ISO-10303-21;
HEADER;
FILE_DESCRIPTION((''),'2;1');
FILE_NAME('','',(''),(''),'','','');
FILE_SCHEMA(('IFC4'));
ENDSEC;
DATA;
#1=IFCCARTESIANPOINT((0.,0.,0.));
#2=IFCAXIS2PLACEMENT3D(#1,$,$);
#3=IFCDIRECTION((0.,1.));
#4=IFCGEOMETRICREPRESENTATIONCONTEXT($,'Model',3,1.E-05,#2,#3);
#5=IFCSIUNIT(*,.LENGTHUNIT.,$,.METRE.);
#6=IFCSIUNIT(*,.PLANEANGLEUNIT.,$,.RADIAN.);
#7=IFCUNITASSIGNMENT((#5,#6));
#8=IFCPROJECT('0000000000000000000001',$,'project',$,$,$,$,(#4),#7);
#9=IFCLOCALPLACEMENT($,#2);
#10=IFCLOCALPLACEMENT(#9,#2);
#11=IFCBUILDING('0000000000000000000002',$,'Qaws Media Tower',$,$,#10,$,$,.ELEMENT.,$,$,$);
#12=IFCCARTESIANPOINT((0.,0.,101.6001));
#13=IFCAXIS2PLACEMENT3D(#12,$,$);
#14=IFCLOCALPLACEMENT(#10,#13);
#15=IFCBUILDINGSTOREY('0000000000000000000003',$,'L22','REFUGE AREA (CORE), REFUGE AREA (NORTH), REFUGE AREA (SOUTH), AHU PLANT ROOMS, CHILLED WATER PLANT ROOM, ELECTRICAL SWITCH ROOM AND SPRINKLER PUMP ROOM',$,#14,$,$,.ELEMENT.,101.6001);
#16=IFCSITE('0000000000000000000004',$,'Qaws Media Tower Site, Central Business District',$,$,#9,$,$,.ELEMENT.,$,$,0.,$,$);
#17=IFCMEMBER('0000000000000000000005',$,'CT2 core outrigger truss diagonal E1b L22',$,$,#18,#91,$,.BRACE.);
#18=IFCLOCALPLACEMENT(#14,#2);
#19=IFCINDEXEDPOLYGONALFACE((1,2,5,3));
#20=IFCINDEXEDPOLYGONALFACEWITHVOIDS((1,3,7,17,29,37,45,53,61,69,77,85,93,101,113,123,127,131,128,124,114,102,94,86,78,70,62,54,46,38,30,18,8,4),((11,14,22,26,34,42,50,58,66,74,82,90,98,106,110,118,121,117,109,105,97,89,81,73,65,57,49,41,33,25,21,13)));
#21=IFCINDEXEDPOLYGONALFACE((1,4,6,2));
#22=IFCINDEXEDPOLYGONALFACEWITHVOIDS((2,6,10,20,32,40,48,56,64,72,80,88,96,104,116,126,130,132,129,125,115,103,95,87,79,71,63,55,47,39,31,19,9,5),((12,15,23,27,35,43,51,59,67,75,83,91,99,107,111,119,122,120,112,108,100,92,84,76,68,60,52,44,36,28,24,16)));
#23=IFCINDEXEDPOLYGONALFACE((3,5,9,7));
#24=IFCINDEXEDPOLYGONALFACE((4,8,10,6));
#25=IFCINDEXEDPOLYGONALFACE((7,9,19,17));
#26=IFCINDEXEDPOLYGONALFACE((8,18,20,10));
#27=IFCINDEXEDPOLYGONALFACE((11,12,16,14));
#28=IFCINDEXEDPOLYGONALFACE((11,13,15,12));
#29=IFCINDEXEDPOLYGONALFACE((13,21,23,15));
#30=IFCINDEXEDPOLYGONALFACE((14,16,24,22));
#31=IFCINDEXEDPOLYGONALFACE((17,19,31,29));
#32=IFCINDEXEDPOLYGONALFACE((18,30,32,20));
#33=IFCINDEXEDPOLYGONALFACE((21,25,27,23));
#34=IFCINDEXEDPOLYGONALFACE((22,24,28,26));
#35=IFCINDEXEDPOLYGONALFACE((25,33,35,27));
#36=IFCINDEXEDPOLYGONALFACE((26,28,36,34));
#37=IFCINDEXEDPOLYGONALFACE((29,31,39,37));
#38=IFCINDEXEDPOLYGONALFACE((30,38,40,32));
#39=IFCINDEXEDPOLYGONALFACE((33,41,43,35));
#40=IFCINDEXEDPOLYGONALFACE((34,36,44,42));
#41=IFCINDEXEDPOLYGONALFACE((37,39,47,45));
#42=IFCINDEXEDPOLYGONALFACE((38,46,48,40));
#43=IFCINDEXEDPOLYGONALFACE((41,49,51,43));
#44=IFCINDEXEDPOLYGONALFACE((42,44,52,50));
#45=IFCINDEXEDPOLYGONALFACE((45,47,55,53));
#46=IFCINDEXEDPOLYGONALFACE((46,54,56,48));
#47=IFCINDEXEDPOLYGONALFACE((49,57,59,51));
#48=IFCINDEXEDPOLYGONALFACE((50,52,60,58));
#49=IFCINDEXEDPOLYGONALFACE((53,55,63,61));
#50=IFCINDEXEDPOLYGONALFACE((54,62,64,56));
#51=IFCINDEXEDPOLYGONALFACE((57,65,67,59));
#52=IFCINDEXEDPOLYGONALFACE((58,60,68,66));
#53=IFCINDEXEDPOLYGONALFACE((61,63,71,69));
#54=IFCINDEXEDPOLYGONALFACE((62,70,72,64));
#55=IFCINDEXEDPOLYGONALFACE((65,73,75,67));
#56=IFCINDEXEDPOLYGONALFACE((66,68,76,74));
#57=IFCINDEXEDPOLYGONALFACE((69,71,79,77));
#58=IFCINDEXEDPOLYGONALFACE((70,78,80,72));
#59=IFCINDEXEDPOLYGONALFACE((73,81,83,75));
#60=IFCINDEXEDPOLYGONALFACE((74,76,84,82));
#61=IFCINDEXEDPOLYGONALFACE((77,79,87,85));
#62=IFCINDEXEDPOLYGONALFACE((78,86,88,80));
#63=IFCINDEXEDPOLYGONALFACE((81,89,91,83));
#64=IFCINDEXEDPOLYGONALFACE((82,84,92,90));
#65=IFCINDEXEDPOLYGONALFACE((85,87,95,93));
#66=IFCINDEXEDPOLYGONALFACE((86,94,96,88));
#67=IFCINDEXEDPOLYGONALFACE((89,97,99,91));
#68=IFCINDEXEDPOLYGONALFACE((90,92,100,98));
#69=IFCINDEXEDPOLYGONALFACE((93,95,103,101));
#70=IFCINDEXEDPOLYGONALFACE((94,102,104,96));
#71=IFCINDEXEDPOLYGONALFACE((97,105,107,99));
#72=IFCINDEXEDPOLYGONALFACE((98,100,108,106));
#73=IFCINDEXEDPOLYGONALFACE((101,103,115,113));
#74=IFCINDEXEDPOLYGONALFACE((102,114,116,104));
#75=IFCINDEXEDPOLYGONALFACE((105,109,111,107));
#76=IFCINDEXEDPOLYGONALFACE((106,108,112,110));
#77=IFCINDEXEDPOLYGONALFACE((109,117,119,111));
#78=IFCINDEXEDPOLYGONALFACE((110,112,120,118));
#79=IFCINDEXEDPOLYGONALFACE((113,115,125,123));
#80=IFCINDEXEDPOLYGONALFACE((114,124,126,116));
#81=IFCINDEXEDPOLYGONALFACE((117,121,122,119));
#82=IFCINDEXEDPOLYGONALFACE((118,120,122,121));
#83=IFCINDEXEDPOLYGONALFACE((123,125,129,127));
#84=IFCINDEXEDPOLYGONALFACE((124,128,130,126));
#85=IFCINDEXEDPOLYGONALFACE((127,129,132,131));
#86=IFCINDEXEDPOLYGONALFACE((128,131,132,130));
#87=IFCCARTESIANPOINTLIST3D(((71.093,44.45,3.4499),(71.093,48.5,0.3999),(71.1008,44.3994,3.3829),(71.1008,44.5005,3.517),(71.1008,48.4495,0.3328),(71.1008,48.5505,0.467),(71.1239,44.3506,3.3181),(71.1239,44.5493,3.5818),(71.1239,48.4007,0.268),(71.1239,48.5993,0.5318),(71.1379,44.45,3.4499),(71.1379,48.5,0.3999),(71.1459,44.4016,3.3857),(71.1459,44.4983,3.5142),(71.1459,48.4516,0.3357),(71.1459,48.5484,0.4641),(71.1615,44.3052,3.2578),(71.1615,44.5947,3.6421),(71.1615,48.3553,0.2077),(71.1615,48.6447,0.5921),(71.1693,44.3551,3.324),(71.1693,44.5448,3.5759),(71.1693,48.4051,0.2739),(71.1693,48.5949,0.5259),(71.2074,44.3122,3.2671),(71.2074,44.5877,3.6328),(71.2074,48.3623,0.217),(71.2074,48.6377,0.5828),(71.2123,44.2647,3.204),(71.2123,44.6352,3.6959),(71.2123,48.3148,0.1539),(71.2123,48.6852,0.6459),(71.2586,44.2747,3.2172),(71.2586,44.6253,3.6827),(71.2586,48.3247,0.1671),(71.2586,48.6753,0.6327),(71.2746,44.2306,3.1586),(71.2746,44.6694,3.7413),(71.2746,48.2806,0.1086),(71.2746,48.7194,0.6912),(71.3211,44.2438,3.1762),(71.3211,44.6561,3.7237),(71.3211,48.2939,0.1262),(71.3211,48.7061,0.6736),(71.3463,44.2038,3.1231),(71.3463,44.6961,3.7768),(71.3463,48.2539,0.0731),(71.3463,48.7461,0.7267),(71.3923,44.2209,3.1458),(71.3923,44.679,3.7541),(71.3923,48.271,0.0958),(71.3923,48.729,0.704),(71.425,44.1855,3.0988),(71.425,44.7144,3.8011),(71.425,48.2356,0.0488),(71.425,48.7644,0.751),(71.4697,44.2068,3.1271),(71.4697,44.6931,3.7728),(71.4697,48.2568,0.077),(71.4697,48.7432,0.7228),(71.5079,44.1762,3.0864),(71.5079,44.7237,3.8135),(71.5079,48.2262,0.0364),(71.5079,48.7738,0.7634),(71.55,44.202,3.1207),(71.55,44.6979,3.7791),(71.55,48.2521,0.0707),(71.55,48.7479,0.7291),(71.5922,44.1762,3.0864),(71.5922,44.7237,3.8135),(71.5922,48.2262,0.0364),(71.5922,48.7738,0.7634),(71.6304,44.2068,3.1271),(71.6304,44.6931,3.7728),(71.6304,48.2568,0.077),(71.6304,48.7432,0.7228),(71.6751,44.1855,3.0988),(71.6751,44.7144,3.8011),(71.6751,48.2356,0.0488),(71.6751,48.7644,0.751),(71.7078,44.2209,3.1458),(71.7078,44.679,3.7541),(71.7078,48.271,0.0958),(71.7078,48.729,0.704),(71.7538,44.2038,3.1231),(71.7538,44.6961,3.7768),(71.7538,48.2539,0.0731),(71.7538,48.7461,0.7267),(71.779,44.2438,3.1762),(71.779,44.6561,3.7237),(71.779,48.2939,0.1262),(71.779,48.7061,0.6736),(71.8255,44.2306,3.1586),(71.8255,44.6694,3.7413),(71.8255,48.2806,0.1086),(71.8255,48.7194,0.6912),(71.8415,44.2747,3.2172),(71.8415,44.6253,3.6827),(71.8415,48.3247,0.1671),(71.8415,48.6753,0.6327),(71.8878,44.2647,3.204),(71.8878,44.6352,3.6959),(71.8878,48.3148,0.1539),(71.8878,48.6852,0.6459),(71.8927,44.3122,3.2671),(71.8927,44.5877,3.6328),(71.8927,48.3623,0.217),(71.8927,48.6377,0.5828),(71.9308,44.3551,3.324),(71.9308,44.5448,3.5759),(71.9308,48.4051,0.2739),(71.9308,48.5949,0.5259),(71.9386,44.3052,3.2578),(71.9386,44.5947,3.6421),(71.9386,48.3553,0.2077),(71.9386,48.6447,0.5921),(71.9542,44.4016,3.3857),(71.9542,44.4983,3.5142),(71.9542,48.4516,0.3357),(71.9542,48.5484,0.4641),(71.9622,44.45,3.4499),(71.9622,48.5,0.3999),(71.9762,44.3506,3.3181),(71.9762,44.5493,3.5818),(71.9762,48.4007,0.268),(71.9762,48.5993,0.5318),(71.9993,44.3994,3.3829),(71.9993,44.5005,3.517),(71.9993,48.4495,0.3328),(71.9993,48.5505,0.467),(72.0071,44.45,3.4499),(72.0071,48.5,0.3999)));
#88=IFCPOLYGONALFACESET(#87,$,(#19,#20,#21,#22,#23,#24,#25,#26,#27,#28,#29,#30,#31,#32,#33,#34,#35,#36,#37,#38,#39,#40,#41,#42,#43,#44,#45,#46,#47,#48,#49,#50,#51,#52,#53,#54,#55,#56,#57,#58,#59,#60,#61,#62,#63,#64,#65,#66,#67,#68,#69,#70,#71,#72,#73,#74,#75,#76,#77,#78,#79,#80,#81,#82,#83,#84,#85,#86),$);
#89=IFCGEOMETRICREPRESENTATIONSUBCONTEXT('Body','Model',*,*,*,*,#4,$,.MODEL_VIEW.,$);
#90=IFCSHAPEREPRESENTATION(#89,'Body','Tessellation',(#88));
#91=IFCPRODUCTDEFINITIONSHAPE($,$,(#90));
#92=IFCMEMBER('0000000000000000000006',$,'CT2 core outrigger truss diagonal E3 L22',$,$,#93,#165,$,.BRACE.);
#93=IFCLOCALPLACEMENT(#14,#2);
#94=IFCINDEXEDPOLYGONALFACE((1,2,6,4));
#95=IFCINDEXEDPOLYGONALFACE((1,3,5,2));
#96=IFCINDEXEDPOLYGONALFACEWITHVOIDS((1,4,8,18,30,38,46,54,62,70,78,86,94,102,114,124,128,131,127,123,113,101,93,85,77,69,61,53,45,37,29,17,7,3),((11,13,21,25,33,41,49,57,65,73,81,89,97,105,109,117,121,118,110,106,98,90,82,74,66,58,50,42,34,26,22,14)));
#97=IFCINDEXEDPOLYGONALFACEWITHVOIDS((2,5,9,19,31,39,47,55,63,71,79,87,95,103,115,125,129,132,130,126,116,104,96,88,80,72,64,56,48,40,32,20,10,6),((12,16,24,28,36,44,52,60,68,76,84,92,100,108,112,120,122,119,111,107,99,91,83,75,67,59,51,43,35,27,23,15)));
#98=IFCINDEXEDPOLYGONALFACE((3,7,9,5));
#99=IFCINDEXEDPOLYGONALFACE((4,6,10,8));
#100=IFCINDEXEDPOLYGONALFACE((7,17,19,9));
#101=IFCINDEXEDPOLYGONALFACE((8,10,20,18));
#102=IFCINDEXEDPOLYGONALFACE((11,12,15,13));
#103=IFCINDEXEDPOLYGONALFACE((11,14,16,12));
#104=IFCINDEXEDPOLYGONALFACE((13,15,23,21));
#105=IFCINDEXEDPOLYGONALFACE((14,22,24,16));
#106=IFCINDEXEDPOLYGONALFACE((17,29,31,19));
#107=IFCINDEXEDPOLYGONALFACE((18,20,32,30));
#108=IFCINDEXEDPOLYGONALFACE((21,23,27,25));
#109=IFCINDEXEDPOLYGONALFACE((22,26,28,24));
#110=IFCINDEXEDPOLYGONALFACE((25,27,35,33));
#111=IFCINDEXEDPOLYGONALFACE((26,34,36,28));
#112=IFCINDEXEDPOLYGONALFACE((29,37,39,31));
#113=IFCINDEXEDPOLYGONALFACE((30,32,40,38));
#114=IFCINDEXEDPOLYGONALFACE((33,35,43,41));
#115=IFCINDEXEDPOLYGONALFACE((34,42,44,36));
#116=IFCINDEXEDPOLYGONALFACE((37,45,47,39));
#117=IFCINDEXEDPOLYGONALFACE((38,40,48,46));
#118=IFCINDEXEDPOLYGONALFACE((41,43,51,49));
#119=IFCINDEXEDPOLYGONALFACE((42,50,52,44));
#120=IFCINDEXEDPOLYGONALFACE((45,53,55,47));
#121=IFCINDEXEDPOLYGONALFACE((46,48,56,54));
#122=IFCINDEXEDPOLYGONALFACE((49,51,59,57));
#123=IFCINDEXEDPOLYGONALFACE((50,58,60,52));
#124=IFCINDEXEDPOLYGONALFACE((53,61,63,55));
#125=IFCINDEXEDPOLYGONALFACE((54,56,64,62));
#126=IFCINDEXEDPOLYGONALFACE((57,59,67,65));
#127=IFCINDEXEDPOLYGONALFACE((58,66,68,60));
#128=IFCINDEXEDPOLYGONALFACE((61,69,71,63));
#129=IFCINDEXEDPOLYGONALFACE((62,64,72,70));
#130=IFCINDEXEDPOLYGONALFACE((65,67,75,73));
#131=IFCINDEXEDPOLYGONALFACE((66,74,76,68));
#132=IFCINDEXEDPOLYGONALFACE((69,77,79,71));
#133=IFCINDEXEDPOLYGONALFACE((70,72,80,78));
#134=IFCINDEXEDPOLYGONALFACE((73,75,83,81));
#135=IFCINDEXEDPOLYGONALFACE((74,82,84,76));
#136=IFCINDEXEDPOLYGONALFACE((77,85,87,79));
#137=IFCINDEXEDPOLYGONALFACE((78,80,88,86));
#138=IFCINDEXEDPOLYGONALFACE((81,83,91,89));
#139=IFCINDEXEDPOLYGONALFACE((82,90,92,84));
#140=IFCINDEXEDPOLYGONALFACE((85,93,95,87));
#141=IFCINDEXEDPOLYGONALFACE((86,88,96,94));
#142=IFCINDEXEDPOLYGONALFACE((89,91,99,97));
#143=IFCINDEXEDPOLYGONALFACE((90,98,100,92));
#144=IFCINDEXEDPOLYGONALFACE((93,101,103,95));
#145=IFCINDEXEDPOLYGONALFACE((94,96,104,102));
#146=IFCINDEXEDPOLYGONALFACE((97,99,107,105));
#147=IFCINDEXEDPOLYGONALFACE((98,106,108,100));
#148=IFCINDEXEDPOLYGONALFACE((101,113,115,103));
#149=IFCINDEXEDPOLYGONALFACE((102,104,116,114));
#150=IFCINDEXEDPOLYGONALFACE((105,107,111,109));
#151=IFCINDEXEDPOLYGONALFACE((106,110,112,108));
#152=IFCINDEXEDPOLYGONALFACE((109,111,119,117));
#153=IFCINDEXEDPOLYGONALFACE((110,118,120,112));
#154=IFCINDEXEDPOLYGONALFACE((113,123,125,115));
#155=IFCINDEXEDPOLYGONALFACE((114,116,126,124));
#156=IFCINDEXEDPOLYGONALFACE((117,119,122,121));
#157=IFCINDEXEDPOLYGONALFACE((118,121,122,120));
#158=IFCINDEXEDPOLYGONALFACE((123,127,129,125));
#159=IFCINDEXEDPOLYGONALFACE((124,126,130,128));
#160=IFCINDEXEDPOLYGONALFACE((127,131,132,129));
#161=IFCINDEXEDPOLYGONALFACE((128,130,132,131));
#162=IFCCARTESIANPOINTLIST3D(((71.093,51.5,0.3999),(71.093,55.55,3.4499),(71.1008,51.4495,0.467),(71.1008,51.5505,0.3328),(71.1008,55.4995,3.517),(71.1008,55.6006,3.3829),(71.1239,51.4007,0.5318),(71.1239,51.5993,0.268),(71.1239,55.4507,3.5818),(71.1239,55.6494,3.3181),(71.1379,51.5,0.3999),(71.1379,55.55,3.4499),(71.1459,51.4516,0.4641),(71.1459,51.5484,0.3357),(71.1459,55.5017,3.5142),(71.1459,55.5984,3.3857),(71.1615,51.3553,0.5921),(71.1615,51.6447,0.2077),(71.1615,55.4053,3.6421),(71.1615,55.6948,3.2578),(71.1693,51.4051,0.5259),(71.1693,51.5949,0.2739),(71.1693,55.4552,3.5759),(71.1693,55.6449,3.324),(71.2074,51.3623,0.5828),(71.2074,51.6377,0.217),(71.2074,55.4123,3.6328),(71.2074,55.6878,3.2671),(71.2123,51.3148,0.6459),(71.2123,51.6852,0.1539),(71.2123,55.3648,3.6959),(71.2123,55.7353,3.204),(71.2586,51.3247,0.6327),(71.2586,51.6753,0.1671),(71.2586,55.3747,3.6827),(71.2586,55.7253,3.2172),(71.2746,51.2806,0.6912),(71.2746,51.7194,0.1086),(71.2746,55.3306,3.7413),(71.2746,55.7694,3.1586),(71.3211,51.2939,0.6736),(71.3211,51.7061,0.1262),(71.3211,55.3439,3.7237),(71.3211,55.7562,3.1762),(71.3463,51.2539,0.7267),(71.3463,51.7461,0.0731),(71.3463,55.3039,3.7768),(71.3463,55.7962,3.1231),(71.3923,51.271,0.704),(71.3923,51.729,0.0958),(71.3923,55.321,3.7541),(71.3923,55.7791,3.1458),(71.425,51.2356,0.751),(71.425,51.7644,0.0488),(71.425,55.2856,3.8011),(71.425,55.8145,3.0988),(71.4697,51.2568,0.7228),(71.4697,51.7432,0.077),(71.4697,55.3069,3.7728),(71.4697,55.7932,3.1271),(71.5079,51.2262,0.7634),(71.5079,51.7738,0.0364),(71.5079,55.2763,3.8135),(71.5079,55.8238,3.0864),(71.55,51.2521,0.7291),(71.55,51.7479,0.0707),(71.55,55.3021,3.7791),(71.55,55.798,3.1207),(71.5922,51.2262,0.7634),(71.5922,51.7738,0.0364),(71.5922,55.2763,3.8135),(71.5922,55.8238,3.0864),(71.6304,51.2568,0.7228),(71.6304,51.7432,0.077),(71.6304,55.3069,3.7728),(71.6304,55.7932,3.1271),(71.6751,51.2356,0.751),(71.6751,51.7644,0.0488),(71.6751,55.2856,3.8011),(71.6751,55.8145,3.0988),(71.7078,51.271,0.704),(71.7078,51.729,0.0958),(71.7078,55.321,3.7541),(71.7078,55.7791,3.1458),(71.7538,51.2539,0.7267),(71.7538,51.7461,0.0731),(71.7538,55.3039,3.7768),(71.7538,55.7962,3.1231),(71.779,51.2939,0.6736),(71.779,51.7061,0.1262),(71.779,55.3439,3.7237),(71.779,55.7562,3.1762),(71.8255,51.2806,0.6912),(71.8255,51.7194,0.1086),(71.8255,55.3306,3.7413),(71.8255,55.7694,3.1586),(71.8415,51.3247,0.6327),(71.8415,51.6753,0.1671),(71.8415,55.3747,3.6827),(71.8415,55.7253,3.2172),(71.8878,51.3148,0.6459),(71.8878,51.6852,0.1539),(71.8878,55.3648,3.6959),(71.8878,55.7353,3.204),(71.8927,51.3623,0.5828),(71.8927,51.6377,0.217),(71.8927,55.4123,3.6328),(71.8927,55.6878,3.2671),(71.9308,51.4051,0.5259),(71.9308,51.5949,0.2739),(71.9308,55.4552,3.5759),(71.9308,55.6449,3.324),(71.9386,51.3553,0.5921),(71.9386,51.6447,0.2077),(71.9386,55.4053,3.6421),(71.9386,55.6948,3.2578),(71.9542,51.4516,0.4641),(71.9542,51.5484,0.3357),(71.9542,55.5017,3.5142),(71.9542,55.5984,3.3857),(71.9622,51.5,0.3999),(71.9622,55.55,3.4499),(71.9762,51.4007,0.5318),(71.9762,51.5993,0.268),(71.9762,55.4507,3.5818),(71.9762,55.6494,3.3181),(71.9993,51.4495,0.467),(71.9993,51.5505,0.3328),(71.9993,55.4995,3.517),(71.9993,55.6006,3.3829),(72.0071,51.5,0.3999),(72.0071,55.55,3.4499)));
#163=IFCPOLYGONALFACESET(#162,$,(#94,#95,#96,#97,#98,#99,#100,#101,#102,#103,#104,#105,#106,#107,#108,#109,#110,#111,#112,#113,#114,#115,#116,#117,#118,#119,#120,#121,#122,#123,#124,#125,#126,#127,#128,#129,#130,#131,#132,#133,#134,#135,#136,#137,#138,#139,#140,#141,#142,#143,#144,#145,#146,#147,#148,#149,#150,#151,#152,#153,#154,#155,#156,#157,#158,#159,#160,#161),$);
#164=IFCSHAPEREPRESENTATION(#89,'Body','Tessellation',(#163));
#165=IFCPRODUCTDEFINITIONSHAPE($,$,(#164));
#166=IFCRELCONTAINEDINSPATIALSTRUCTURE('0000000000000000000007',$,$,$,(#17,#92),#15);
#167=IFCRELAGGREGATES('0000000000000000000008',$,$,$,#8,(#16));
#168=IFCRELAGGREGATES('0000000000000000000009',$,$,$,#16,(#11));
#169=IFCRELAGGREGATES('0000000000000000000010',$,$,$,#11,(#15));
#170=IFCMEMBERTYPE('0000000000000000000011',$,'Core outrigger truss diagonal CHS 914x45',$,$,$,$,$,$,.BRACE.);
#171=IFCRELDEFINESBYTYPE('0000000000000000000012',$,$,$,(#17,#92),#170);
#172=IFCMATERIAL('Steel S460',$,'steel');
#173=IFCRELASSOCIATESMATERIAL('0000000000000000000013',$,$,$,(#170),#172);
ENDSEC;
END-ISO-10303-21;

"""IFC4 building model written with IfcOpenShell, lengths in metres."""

from ifc_helpers import new_model, si_unit, direction, frame, origin, origin_2d, place, context, subcontext, project, spatial, hollow_circle, extrude, material, material_profile, profile_set, type_object, element, save


model = new_model("IFC4")

# Units and contexts
model_context = context("Model", 3, precision=1e-05, world=origin(), true_north=direction((0.0, 1.0)))
body_context = subcontext(model_context, "Body", "Model", "MODEL_VIEW")
ifc_project = project(units=[si_unit("LENGTHUNIT", "METRE"), si_unit("PLANEANGLEUNIT", "RADIAN")], contexts=[model_context])

# Site, building, storey
site_placement = place(None, origin())
site = spatial("IfcSite", under=ifc_project, at=site_placement, Name="Qaws Media Tower Site, Central Business District", CompositionType="ELEMENT", RefElevation=0.0)
building_placement = place(site_placement, origin())
building = spatial("IfcBuilding", under=site, at=building_placement, Name="Qaws Media Tower", CompositionType="ELEMENT")
storey_placement = place(building_placement, frame((0.0, 0.0, 101.6001)))
storey = spatial("IfcBuildingStorey", under=building, at=storey_placement, Name="L22", Description="REFUGE AREA (CORE), REFUGE AREA (NORTH), REFUGE AREA (SOUTH), AHU PLANT ROOMS, CHILLED WATER PLANT ROOM, ELECTRICAL SWITCH ROOM AND SPRINKLER PUMP ROOM", CompositionType="ELEMENT", Elevation=101.6001)

# Members
ifc_material_1 = material(Name="Steel S460", Category="steel")
ifc_material_profile_1 = material_profile(ifc_material_1, hollow_circle(Radius=0.457, WallThickness=0.0449, at=origin_2d()), Name="CHS 914x45")
ifc_profile_set_1 = profile_set([ifc_material_profile_1], Name="Steel S460")
member_type_1 = type_object("IfcMemberType", Name="Core outrigger truss diagonal CHS 914x45", PredefinedType="BRACE", material=ifc_profile_set_1)
for number, where, z_axis, x_axis, name in (
    (1, (71.55, 48.5, 0.3999), (0.0, -0.798814, 0.601578), (1.0, 0.0, 0.0), "CT2 core outrigger truss diagonal E1b L22"),
    (2, (71.55, 51.5, 0.3999), (0.0, 0.798814, 0.601578), (-1.0, 0.0, 0.0), "CT2 core outrigger truss diagonal E3 L22"),
):
    element("IfcMember", number, at=place(storey_placement, frame(where, z_axis=z_axis, x_axis=x_axis)), inside=storey, type_object=member_type_1, Name=name, PredefinedType="BRACE", context=body_context, shape_type="SweptSolid", body=[
        extrude(hollow_circle(Radius=0.457, WallThickness=0.0449, at=origin_2d()), origin(), (0.0, 0.0, 1.0), 5.0701),
    ])

save(model, "model.ifc")
